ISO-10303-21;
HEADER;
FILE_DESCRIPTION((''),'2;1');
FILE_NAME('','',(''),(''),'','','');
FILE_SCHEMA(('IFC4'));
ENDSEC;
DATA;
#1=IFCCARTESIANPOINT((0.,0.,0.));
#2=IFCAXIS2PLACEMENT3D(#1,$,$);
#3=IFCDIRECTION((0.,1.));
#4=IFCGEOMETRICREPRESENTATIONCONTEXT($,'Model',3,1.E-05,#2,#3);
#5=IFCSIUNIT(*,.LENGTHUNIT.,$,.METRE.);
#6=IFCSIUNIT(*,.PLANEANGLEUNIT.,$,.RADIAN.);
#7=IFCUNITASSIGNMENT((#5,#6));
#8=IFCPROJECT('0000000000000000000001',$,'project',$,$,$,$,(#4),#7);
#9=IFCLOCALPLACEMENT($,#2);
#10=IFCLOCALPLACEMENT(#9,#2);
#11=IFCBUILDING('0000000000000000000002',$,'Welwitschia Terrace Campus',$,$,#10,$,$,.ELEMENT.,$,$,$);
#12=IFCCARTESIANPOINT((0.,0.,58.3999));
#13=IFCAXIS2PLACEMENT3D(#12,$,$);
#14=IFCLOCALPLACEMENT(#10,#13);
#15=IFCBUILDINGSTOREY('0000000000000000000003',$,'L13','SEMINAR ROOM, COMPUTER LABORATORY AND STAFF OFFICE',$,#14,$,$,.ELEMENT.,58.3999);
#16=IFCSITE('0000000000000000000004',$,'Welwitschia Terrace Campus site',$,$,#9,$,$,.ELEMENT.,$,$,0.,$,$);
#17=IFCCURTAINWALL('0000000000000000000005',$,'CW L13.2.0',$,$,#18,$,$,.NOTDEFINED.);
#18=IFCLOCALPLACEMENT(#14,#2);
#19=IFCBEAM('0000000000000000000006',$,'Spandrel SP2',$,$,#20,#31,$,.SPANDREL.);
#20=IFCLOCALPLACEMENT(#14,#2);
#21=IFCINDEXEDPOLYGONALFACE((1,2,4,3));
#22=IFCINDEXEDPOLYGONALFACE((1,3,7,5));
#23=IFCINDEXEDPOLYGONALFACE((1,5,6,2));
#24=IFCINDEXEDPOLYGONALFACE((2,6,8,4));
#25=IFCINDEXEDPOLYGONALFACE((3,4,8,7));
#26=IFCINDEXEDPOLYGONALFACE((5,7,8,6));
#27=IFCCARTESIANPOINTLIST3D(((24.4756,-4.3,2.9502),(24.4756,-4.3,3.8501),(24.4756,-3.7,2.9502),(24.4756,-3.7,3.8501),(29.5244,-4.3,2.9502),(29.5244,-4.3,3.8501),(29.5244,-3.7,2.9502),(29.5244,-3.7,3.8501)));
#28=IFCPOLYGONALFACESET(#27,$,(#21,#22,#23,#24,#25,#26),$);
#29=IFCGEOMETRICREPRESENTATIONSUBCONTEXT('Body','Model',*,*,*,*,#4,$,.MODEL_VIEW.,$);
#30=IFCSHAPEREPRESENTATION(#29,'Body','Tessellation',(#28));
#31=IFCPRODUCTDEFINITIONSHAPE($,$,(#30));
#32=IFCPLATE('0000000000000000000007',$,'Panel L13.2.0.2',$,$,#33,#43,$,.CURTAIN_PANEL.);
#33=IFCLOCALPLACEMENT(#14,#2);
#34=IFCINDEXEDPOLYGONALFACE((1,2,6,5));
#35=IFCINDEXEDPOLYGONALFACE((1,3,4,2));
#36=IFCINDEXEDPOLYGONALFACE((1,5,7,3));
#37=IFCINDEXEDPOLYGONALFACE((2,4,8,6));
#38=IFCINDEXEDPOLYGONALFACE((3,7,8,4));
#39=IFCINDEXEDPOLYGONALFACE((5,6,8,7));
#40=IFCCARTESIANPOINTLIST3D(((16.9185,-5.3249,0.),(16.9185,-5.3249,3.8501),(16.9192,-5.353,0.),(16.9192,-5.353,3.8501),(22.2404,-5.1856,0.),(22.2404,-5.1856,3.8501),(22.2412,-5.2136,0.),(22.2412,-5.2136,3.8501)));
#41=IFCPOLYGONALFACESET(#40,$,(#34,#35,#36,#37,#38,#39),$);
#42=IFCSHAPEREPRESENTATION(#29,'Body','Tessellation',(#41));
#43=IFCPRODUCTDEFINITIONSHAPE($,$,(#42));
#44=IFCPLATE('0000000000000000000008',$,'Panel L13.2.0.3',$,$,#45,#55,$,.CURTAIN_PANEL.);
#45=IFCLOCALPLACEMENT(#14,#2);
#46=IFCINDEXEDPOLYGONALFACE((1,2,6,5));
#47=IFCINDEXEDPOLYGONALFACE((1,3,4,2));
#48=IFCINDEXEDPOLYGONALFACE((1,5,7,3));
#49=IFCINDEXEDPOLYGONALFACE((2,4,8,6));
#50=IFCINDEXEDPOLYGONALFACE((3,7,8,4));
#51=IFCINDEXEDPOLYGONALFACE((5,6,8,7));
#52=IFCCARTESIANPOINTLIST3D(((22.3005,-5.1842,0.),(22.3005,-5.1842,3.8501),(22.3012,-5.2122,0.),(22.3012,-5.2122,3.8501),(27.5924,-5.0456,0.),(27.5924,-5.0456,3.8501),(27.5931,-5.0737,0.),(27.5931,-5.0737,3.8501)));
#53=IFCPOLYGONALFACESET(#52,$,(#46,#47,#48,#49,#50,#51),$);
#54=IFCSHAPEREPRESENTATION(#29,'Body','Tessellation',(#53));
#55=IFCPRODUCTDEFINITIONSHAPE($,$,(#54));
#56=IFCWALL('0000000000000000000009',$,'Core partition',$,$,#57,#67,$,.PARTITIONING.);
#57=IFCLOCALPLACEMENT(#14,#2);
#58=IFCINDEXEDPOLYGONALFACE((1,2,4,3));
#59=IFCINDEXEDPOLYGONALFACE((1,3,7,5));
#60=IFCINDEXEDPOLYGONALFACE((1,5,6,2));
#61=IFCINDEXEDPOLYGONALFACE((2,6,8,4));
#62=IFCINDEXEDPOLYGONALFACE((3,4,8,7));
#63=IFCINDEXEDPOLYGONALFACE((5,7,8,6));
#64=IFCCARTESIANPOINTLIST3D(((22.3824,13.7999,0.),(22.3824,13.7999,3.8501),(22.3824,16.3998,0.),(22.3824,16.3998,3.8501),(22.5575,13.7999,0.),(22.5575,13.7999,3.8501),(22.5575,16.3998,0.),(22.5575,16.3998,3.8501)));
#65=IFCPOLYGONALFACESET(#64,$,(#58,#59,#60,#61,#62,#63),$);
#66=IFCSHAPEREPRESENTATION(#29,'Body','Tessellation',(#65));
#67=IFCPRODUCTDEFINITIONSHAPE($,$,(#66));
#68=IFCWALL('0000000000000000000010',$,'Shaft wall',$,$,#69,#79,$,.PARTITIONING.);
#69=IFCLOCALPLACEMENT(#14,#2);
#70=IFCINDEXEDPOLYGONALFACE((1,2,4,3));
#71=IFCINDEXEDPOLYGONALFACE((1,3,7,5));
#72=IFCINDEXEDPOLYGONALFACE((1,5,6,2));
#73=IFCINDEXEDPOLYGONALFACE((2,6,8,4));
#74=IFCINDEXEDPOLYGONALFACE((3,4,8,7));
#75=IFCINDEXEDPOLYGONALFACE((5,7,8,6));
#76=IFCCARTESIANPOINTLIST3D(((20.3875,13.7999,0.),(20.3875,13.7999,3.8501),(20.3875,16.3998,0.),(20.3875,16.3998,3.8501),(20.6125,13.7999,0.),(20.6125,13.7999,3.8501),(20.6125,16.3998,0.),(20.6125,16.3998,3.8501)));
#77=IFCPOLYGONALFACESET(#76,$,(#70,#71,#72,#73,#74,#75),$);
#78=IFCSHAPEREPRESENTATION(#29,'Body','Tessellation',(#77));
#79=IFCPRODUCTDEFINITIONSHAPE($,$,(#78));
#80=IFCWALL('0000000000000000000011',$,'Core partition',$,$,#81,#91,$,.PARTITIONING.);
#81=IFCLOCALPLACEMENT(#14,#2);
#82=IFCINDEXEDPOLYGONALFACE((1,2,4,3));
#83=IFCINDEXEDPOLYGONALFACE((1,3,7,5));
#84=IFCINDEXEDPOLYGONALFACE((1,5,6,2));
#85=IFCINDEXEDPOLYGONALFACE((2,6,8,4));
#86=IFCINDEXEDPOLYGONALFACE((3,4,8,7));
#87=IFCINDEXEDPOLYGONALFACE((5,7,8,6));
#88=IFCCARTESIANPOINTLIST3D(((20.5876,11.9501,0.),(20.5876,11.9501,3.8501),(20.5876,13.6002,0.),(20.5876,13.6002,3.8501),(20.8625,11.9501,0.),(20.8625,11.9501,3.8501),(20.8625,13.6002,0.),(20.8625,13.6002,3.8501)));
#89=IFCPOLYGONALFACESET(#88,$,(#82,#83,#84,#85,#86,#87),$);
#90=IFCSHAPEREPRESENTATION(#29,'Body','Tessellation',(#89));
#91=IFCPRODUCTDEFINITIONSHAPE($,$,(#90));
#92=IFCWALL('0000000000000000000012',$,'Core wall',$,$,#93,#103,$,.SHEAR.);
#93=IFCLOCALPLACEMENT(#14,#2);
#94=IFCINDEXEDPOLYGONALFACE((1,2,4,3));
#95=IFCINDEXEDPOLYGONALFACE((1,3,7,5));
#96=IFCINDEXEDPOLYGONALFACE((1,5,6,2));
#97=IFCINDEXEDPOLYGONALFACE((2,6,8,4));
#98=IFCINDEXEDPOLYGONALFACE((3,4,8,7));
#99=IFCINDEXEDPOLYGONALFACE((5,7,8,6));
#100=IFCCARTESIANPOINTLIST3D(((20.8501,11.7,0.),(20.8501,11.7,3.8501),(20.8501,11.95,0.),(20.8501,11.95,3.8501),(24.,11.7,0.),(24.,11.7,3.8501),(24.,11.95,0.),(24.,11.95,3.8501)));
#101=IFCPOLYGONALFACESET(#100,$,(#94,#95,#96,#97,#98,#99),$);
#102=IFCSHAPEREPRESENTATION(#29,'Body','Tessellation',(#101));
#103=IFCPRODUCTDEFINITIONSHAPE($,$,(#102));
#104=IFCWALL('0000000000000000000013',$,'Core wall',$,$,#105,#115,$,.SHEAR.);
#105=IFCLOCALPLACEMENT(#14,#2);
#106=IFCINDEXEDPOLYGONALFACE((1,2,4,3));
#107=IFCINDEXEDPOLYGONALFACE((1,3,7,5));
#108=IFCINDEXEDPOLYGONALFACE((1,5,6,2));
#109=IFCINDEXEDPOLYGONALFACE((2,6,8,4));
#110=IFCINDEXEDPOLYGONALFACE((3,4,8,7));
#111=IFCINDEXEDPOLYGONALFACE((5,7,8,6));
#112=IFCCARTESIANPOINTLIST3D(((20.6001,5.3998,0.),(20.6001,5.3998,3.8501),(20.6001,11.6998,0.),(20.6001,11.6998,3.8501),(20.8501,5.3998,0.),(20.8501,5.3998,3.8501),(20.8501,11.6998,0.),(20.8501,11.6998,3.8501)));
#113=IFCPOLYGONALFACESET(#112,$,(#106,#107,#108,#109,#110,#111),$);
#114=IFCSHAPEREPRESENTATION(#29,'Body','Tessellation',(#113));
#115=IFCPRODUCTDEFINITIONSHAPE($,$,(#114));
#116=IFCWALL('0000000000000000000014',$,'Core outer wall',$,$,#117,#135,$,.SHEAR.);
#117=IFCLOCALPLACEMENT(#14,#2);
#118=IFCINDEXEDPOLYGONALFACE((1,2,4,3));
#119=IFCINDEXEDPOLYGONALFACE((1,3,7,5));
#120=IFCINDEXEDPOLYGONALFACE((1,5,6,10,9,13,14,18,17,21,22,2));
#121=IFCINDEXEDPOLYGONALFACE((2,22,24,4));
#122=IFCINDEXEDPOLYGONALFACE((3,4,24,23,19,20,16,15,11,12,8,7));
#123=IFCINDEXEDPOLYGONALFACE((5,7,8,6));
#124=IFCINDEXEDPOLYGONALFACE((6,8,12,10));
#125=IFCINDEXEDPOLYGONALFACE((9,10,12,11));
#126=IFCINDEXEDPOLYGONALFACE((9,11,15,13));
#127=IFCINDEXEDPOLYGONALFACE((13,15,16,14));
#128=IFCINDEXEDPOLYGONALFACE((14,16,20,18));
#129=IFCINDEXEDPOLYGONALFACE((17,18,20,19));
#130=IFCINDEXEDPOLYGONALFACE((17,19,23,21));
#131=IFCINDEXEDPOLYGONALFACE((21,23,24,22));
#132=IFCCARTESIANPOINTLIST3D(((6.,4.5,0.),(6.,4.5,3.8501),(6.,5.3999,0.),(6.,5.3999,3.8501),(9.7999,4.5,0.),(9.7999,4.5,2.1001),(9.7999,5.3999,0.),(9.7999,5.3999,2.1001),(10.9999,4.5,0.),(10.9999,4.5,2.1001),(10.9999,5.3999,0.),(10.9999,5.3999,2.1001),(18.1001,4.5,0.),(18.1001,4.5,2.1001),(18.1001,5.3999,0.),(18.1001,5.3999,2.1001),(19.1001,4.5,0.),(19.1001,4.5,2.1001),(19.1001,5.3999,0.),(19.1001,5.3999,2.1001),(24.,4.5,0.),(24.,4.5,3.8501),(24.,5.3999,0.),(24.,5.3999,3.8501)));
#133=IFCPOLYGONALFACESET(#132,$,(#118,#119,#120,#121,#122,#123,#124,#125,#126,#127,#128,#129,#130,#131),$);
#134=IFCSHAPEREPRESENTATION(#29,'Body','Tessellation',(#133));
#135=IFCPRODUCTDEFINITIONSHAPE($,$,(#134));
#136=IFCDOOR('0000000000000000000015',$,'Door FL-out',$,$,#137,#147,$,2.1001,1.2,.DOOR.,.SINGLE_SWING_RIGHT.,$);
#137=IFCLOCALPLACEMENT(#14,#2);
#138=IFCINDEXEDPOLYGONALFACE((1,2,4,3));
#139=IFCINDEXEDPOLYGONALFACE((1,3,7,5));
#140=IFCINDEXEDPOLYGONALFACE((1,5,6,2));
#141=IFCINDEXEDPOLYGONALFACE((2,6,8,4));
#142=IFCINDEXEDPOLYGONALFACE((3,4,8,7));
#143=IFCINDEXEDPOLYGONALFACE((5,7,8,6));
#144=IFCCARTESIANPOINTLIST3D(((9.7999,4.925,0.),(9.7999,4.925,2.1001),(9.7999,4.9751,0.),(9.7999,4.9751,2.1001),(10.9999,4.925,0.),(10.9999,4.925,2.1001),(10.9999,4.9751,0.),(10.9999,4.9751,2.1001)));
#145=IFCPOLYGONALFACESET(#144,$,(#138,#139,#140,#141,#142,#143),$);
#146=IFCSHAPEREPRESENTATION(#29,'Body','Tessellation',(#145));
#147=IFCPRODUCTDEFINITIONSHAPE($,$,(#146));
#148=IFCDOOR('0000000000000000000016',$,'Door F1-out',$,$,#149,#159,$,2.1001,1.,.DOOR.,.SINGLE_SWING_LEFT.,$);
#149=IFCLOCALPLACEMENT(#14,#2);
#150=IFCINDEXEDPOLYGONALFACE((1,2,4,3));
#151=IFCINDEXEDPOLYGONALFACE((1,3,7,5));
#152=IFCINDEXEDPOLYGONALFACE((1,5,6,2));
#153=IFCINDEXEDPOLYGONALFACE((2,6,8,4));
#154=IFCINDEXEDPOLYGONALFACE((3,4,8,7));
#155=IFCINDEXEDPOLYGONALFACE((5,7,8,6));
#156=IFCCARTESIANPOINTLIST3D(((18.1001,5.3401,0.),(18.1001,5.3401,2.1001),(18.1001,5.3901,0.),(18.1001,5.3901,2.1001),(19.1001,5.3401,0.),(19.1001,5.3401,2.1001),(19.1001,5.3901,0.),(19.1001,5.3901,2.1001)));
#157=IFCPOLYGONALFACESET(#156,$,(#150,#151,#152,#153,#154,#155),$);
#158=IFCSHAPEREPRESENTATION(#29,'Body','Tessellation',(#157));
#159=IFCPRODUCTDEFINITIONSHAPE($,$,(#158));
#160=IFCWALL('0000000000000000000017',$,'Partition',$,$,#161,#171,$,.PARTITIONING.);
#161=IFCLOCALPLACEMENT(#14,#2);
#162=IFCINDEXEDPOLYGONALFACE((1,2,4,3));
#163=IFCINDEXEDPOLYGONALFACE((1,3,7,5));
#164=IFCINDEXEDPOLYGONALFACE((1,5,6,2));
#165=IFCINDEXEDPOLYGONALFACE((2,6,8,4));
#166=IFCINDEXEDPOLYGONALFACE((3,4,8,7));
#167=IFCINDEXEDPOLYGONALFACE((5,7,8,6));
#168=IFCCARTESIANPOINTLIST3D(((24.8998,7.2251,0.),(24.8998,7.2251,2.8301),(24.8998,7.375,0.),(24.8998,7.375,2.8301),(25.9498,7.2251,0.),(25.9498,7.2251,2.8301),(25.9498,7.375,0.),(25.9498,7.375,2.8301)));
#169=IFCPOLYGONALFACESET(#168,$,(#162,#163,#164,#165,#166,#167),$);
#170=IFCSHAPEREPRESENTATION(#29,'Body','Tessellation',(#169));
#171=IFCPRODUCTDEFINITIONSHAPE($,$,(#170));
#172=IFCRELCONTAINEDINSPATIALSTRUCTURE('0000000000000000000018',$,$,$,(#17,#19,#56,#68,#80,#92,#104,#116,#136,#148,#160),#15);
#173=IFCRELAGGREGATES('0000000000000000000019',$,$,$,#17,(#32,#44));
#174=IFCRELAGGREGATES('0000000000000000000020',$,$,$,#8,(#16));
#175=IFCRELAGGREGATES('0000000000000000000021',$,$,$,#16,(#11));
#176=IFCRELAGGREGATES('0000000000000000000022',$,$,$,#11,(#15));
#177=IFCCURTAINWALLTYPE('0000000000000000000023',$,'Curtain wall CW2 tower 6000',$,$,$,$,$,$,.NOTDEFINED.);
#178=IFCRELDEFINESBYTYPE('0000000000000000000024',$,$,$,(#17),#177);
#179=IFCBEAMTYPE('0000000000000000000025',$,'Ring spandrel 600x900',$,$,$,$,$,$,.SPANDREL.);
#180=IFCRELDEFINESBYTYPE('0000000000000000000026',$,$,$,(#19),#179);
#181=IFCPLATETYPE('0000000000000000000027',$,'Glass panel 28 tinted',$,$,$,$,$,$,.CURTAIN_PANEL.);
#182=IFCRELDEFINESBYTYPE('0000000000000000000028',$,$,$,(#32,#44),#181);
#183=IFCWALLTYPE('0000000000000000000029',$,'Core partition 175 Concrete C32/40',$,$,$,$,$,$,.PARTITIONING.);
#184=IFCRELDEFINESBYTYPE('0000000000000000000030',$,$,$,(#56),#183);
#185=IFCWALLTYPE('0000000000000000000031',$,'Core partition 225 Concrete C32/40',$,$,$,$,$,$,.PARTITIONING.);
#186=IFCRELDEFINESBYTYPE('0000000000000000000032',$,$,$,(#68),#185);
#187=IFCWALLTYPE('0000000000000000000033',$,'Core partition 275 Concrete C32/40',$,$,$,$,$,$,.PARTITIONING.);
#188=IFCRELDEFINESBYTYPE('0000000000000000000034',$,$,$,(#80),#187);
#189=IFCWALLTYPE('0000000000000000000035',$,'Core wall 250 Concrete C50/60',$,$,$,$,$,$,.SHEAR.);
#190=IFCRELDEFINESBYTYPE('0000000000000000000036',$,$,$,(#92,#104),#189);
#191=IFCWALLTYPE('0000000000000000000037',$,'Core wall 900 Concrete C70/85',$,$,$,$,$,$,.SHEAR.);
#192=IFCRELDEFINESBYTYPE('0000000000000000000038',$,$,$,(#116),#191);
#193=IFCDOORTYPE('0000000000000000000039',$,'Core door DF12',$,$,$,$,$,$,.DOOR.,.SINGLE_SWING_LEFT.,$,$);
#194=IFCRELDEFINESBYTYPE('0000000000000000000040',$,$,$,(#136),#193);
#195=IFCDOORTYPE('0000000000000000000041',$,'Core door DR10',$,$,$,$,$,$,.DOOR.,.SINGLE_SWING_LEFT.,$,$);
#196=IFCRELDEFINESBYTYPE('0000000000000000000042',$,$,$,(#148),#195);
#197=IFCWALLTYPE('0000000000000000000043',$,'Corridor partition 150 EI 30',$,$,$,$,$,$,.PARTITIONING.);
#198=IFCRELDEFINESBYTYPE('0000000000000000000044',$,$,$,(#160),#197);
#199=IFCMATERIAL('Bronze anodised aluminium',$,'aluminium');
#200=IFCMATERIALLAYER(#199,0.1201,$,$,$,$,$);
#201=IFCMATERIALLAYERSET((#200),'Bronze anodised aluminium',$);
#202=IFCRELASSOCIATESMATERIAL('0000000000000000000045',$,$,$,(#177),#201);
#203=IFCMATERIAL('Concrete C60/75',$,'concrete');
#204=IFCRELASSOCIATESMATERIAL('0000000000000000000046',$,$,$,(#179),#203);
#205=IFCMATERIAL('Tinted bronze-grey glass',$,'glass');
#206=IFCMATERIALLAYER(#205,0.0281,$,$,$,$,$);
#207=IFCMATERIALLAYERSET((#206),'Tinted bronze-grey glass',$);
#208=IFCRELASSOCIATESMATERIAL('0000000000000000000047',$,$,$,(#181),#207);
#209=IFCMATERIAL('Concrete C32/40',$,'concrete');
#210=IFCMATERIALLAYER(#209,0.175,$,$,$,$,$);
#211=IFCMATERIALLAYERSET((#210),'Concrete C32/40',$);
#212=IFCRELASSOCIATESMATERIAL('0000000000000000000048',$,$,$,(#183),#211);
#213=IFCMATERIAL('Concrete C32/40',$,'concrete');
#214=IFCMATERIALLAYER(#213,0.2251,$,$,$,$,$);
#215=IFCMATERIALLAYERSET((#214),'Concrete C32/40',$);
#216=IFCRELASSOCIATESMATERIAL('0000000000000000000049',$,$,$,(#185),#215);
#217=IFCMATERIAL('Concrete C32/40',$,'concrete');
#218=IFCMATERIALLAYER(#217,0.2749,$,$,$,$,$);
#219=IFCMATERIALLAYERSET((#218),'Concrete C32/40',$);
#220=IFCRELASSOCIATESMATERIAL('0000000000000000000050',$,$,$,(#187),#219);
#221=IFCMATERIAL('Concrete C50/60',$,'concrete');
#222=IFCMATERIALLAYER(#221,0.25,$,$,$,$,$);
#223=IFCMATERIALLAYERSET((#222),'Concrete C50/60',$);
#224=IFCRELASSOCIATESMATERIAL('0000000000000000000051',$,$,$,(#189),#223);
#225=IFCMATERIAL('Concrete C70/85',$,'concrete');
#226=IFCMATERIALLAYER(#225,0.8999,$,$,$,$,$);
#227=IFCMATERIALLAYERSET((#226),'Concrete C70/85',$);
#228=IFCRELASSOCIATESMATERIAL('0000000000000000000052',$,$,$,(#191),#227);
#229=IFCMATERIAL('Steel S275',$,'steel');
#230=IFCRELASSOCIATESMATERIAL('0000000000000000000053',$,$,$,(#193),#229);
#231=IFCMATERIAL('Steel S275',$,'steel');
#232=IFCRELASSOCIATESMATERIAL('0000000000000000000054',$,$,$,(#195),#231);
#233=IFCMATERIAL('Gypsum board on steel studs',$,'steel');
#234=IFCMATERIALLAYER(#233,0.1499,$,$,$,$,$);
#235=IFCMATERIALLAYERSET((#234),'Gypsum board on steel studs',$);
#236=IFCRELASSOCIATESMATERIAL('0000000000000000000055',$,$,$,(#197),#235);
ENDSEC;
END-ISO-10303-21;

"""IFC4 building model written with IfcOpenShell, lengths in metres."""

from ifc_helpers import new_model, si_unit, direction, frame, frame_2d, origin, origin_2d, place, context, subcontext, project, spatial, rectangle, extrude, material, layer, layer_set, material_profile, profile_set, type_object, element, fill, aggregate, save


model = new_model("IFC4")

# Units and contexts
model_context = context("Model", 3, precision=1e-05, world=origin(), true_north=direction((0.0, 1.0)))
body_context = subcontext(model_context, "Body", "Model", "MODEL_VIEW")
ifc_project = project(units=[si_unit("LENGTHUNIT", "METRE"), si_unit("PLANEANGLEUNIT", "RADIAN")], contexts=[model_context])

# Site, building, storey
site_placement = place(None, origin())
site = spatial("IfcSite", under=ifc_project, at=site_placement, Name="Welwitschia Terrace Campus site", CompositionType="ELEMENT", RefElevation=0.0)
building_placement = place(site_placement, origin())
building = spatial("IfcBuilding", under=site, at=building_placement, Name="Welwitschia Terrace Campus", CompositionType="ELEMENT")
storey_placement = place(building_placement, frame((0.0, 0.0, 58.3999)))
storey = spatial("IfcBuildingStorey", under=building, at=storey_placement, Name="L13", Description="SEMINAR ROOM, COMPUTER LABORATORY AND STAFF OFFICE", CompositionType="ELEMENT", Elevation=58.3999)

# Curtain wall
ifc_material_1 = material(Name="Bronze anodised aluminium", Category="aluminium")
ifc_layer_1 = layer(ifc_material_1, 0.1201)
ifc_layer_set_1 = layer_set([ifc_layer_1], Name="Bronze anodised aluminium")
curtain_wall_type = type_object("IfcCurtainWallType", Name="Curtain wall CW2 tower 6000", PredefinedType="NOTDEFINED", material=ifc_layer_set_1)
curtain_wall_placement = place(storey_placement, origin())
curtain_wall = element("IfcCurtainWall", 1, at=curtain_wall_placement, inside=storey, type_object=curtain_wall_type, Name="CW L13.2.0", PredefinedType="NOTDEFINED")

# Beam
ifc_material_2 = material(Name="Concrete C60/75", Category="concrete")
ifc_material_profile_1 = material_profile(ifc_material_2, rectangle(XDim=0.6001, YDim=0.8999, at=origin_2d()))
ifc_profile_set_1 = profile_set([ifc_material_profile_1], Name="Concrete C60/75")
beam_type_1 = type_object("IfcBeamType", Name="Ring spandrel 600x900", PredefinedType="SPANDREL", material=ifc_profile_set_1)
for number, where, z_axis, x_axis, name in (
    (2, (24.4756, -4.0, 3.4001), (1.0, 0.0, 0.0), (0.0, 1.0, 0.0), "Spandrel SP2"),
):
    element("IfcBeam", number, at=place(storey_placement, frame(where, z_axis=z_axis, x_axis=x_axis)), inside=storey, type_object=beam_type_1, Name=name, PredefinedType="SPANDREL", context=body_context, shape_type="SweptSolid", body=[
        extrude(rectangle(XDim=0.6001, YDim=0.8999, at=origin_2d()), origin(), (0.0, 0.0, 1.0), 5.0488),
    ])

# Plates
ifc_material_3 = material(Name="Tinted bronze-grey glass", Category="glass")
ifc_layer_2 = layer(ifc_material_3, 0.0281)
ifc_layer_set_2 = layer_set([ifc_layer_2], Name="Tinted bronze-grey glass")
plate_type = type_object("IfcPlateType", Name="Glass panel 28 tinted", PredefinedType="CURTAIN_PANEL", material=ifc_layer_set_2)
plate_1_placement = place(storey_placement, frame((19.5798, -5.2693, 0.0), z_axis=(0.0, 0.0, 1.0), x_axis=(0.999657, 0.026177, 0.0)))
plate_1 = element("IfcPlate", 3, at=plate_1_placement, type_object=plate_type, Name="Panel L13.2.0.2", PredefinedType="CURTAIN_PANEL", context=body_context, shape_type="SweptSolid", body=[
    extrude(rectangle(XDim=5.3237, YDim=0.0281, at=origin_2d()), origin(), (0.0, 0.0, 1.0), 3.8501),
])
plate_2_placement = place(storey_placement, frame((24.9468, -5.1289, 0.0), z_axis=(0.0, 0.0, 1.0), x_axis=(0.999657, 0.026177, 0.0)))
plate_2 = element("IfcPlate", 4, at=plate_2_placement, type_object=plate_type, Name="Panel L13.2.0.3", PredefinedType="CURTAIN_PANEL", context=body_context, shape_type="SweptSolid", body=[
    extrude(rectangle(XDim=5.2937, YDim=0.0281, at=origin_2d()), origin(), (0.0, 0.0, 1.0), 3.8501),
])
aggregate(curtain_wall, [plate_1, plate_2])

# Walls
ifc_material_4 = material(Name="Concrete C32/40", Category="concrete")
ifc_layer_3 = layer(ifc_material_4, 0.175)
ifc_layer_set_3 = layer_set([ifc_layer_3], Name="Concrete C32/40")
wall_type_1 = type_object("IfcWallType", Name="Core partition 175 Concrete C32/40", PredefinedType="PARTITIONING", material=ifc_layer_set_3)
wall_1_placement = place(storey_placement, frame((22.47, 13.8, 0.0), z_axis=(0.0, 0.0, 1.0), x_axis=(0.0, 1.0, 0.0)))
element("IfcWall", 5, at=wall_1_placement, inside=storey, type_object=wall_type_1, Name="Core partition", PredefinedType="PARTITIONING", context=body_context, shape_type="SweptSolid", body=[
    extrude(rectangle(XDim=2.5999, YDim=0.175, at=frame_2d((1.2998, 0.0))), origin(), (0.0, 0.0, 1.0), 3.8501),
])
ifc_material_5 = material(Name="Concrete C32/40", Category="concrete")
ifc_layer_4 = layer(ifc_material_5, 0.2251)
ifc_layer_set_4 = layer_set([ifc_layer_4], Name="Concrete C32/40")
wall_type_2 = type_object("IfcWallType", Name="Core partition 225 Concrete C32/40", PredefinedType="PARTITIONING", material=ifc_layer_set_4)
wall_2_placement = place(storey_placement, frame((20.5, 13.8, 0.0), z_axis=(0.0, 0.0, 1.0), x_axis=(0.0, 1.0, 0.0)))
element("IfcWall", 6, at=wall_2_placement, inside=storey, type_object=wall_type_2, Name="Shaft wall", PredefinedType="PARTITIONING", context=body_context, shape_type="SweptSolid", body=[
    extrude(rectangle(XDim=2.5999, YDim=0.2251, at=frame_2d((1.2998, 0.0))), origin(), (0.0, 0.0, 1.0), 3.8501),
])
ifc_material_6 = material(Name="Concrete C32/40", Category="concrete")
ifc_layer_5 = layer(ifc_material_6, 0.2749)
ifc_layer_set_5 = layer_set([ifc_layer_5], Name="Concrete C32/40")
wall_type_3 = type_object("IfcWallType", Name="Core partition 275 Concrete C32/40", PredefinedType="PARTITIONING", material=ifc_layer_set_5)
wall_3_placement = place(storey_placement, frame((20.7251, 11.95, 0.0), z_axis=(0.0, 0.0, 1.0), x_axis=(0.0, 1.0, 0.0)))
element("IfcWall", 7, at=wall_3_placement, inside=storey, type_object=wall_type_3, Name="Core partition", PredefinedType="PARTITIONING", context=body_context, shape_type="SweptSolid", body=[
    extrude(rectangle(XDim=1.6501, YDim=0.2749, at=frame_2d((0.8252, 0.0))), origin(), (0.0, 0.0, 1.0), 3.8501),
])
ifc_material_7 = material(Name="Concrete C50/60", Category="concrete")
ifc_layer_6 = layer(ifc_material_7, 0.25)
ifc_layer_set_6 = layer_set([ifc_layer_6], Name="Concrete C50/60")
wall_type_4 = type_object("IfcWallType", Name="Core wall 250 Concrete C50/60", PredefinedType="SHEAR", material=ifc_layer_set_6)
wall_4_placement = place(storey_placement, frame((20.8501, 11.825, 0.0), z_axis=(0.0, 0.0, 1.0), x_axis=(1.0, 0.0, 0.0)))
element("IfcWall", 8, at=wall_4_placement, inside=storey, type_object=wall_type_4, Name="Core wall", PredefinedType="SHEAR", context=body_context, shape_type="SweptSolid", body=[
    extrude(rectangle(XDim=3.1499, YDim=0.25, at=frame_2d((1.575, 0.0))), origin(), (0.0, 0.0, 1.0), 3.8501),
])
wall_5_placement = place(storey_placement, frame((20.7251, 5.3999, 0.0), z_axis=(0.0, 0.0, 1.0), x_axis=(0.0, 1.0, 0.0)))
element("IfcWall", 9, at=wall_5_placement, inside=storey, type_object=wall_type_4, Name="Core wall", PredefinedType="SHEAR", context=body_context, shape_type="SweptSolid", body=[
    extrude(rectangle(XDim=6.3, YDim=0.25, at=frame_2d((3.1499, 0.0))), origin(), (0.0, 0.0, 1.0), 3.8501),
])

# Wall, openings, doors
ifc_material_8 = material(Name="Concrete C70/85", Category="concrete")
ifc_layer_7 = layer(ifc_material_8, 0.8999)
ifc_layer_set_7 = layer_set([ifc_layer_7], Name="Concrete C70/85")
wall_type_5 = type_object("IfcWallType", Name="Core wall 900 Concrete C70/85", PredefinedType="SHEAR", material=ifc_layer_set_7)
wall_6_placement = place(storey_placement, frame((24.0, 4.95, 0.0), z_axis=(0.0, 0.0, 1.0), x_axis=(-1.0, 0.0, 0.0)))
wall_6 = element("IfcWall", 10, at=wall_6_placement, inside=storey, type_object=wall_type_5, Name="Core outer wall", PredefinedType="SHEAR", context=body_context, shape_type="SweptSolid", body=[
    extrude(rectangle(XDim=18.0, YDim=0.8999, at=frame_2d((9.0, 0.0))), origin(), (0.0, 0.0, 1.0), 3.8501),
])
opening_1_placement = place(wall_6_placement, frame((13.0, 0.0, 0.0)))
opening_1 = element("IfcOpeningElement", 11, at=opening_1_placement, cuts=wall_6, PredefinedType="OPENING", context=body_context, shape_type="SweptSolid", body=[
    extrude(rectangle(XDim=1.2, YDim=2.1001, at=frame_2d((0.6001, 1.05))), frame((0.0, 0.46, 0.0), z_axis=(0.0, -1.0, 0.0), x_axis=(1.0, 0.0, 0.0)), (0.0, 0.0, 1.0), 0.9199),
])
opening_2_placement = place(wall_6_placement, frame((4.8999, 0.0, 0.0)))
opening_2 = element("IfcOpeningElement", 12, at=opening_2_placement, cuts=wall_6, PredefinedType="OPENING", context=body_context, shape_type="SweptSolid", body=[
    extrude(rectangle(XDim=1.0, YDim=2.1001, at=frame_2d((0.5, 1.05))), frame((0.0, 0.46, 0.0), z_axis=(0.0, -1.0, 0.0), x_axis=(1.0, 0.0, 0.0)), (0.0, 0.0, 1.0), 0.9199),
])
ifc_material_9 = material(Name="Steel S275", Category="steel")
door_type_1 = type_object("IfcDoorType", Name="Core door DF12", OperationType="SINGLE_SWING_LEFT", PredefinedType="DOOR", material=ifc_material_9)
door_1_placement = place(opening_1_placement, origin())
door_1 = element("IfcDoor", 13, at=door_1_placement, inside=storey, type_object=door_type_1, Name="Door FL-out", OperationType="SINGLE_SWING_RIGHT", OverallHeight=2.1001, OverallWidth=1.2, PredefinedType="DOOR", context=body_context, shape_type="SweptSolid", body=[
    extrude(rectangle(XDim=1.2, YDim=2.1001, at=frame_2d((0.6001, 1.05))), frame((0.0, 0.0249, 0.0), z_axis=(0.0, -1.0, 0.0), x_axis=(1.0, 0.0, 0.0)), (0.0, 0.0, 1.0), 0.05),
])
fill(opening_1, door_1)
ifc_material_10 = material(Name="Steel S275", Category="steel")
door_type_2 = type_object("IfcDoorType", Name="Core door DR10", OperationType="SINGLE_SWING_LEFT", PredefinedType="DOOR", material=ifc_material_10)
door_2_placement = place(opening_2_placement, origin())
door_2 = element("IfcDoor", 14, at=door_2_placement, inside=storey, type_object=door_type_2, Name="Door F1-out", OperationType="SINGLE_SWING_LEFT", OverallHeight=2.1001, OverallWidth=1.0, PredefinedType="DOOR", context=body_context, shape_type="SweptSolid", body=[
    extrude(rectangle(XDim=1.0, YDim=2.1001, at=frame_2d((0.5, 1.05))), frame((0.0, -0.3901, 0.0), z_axis=(0.0, -1.0, 0.0), x_axis=(1.0, 0.0, 0.0)), (0.0, 0.0, 1.0), 0.05),
])
fill(opening_2, door_2)

# Wall
ifc_material_11 = material(Name="Gypsum board on steel studs", Category="steel")
ifc_layer_8 = layer(ifc_material_11, 0.1499)
ifc_layer_set_8 = layer_set([ifc_layer_8], Name="Gypsum board on steel studs")
wall_type_6 = type_object("IfcWallType", Name="Corridor partition 150 EI 30", PredefinedType="PARTITIONING", material=ifc_layer_set_8)
for number, where, z_axis, x_axis, name in (
    (15, (24.8999, 7.3, 0.0), (0.0, 0.0, 1.0), (1.0, 0.0, 0.0), "Partition"),
):
    element("IfcWall", number, at=place(storey_placement, frame(where, z_axis=z_axis, x_axis=x_axis)), inside=storey, type_object=wall_type_6, Name=name, PredefinedType="PARTITIONING", context=body_context, shape_type="SweptSolid", body=[
        extrude(rectangle(XDim=1.05, YDim=0.1499, at=frame_2d((0.5249, 0.0))), origin(), (0.0, 0.0, 1.0), 2.8301),
    ])

save(model, "model.ifc")
